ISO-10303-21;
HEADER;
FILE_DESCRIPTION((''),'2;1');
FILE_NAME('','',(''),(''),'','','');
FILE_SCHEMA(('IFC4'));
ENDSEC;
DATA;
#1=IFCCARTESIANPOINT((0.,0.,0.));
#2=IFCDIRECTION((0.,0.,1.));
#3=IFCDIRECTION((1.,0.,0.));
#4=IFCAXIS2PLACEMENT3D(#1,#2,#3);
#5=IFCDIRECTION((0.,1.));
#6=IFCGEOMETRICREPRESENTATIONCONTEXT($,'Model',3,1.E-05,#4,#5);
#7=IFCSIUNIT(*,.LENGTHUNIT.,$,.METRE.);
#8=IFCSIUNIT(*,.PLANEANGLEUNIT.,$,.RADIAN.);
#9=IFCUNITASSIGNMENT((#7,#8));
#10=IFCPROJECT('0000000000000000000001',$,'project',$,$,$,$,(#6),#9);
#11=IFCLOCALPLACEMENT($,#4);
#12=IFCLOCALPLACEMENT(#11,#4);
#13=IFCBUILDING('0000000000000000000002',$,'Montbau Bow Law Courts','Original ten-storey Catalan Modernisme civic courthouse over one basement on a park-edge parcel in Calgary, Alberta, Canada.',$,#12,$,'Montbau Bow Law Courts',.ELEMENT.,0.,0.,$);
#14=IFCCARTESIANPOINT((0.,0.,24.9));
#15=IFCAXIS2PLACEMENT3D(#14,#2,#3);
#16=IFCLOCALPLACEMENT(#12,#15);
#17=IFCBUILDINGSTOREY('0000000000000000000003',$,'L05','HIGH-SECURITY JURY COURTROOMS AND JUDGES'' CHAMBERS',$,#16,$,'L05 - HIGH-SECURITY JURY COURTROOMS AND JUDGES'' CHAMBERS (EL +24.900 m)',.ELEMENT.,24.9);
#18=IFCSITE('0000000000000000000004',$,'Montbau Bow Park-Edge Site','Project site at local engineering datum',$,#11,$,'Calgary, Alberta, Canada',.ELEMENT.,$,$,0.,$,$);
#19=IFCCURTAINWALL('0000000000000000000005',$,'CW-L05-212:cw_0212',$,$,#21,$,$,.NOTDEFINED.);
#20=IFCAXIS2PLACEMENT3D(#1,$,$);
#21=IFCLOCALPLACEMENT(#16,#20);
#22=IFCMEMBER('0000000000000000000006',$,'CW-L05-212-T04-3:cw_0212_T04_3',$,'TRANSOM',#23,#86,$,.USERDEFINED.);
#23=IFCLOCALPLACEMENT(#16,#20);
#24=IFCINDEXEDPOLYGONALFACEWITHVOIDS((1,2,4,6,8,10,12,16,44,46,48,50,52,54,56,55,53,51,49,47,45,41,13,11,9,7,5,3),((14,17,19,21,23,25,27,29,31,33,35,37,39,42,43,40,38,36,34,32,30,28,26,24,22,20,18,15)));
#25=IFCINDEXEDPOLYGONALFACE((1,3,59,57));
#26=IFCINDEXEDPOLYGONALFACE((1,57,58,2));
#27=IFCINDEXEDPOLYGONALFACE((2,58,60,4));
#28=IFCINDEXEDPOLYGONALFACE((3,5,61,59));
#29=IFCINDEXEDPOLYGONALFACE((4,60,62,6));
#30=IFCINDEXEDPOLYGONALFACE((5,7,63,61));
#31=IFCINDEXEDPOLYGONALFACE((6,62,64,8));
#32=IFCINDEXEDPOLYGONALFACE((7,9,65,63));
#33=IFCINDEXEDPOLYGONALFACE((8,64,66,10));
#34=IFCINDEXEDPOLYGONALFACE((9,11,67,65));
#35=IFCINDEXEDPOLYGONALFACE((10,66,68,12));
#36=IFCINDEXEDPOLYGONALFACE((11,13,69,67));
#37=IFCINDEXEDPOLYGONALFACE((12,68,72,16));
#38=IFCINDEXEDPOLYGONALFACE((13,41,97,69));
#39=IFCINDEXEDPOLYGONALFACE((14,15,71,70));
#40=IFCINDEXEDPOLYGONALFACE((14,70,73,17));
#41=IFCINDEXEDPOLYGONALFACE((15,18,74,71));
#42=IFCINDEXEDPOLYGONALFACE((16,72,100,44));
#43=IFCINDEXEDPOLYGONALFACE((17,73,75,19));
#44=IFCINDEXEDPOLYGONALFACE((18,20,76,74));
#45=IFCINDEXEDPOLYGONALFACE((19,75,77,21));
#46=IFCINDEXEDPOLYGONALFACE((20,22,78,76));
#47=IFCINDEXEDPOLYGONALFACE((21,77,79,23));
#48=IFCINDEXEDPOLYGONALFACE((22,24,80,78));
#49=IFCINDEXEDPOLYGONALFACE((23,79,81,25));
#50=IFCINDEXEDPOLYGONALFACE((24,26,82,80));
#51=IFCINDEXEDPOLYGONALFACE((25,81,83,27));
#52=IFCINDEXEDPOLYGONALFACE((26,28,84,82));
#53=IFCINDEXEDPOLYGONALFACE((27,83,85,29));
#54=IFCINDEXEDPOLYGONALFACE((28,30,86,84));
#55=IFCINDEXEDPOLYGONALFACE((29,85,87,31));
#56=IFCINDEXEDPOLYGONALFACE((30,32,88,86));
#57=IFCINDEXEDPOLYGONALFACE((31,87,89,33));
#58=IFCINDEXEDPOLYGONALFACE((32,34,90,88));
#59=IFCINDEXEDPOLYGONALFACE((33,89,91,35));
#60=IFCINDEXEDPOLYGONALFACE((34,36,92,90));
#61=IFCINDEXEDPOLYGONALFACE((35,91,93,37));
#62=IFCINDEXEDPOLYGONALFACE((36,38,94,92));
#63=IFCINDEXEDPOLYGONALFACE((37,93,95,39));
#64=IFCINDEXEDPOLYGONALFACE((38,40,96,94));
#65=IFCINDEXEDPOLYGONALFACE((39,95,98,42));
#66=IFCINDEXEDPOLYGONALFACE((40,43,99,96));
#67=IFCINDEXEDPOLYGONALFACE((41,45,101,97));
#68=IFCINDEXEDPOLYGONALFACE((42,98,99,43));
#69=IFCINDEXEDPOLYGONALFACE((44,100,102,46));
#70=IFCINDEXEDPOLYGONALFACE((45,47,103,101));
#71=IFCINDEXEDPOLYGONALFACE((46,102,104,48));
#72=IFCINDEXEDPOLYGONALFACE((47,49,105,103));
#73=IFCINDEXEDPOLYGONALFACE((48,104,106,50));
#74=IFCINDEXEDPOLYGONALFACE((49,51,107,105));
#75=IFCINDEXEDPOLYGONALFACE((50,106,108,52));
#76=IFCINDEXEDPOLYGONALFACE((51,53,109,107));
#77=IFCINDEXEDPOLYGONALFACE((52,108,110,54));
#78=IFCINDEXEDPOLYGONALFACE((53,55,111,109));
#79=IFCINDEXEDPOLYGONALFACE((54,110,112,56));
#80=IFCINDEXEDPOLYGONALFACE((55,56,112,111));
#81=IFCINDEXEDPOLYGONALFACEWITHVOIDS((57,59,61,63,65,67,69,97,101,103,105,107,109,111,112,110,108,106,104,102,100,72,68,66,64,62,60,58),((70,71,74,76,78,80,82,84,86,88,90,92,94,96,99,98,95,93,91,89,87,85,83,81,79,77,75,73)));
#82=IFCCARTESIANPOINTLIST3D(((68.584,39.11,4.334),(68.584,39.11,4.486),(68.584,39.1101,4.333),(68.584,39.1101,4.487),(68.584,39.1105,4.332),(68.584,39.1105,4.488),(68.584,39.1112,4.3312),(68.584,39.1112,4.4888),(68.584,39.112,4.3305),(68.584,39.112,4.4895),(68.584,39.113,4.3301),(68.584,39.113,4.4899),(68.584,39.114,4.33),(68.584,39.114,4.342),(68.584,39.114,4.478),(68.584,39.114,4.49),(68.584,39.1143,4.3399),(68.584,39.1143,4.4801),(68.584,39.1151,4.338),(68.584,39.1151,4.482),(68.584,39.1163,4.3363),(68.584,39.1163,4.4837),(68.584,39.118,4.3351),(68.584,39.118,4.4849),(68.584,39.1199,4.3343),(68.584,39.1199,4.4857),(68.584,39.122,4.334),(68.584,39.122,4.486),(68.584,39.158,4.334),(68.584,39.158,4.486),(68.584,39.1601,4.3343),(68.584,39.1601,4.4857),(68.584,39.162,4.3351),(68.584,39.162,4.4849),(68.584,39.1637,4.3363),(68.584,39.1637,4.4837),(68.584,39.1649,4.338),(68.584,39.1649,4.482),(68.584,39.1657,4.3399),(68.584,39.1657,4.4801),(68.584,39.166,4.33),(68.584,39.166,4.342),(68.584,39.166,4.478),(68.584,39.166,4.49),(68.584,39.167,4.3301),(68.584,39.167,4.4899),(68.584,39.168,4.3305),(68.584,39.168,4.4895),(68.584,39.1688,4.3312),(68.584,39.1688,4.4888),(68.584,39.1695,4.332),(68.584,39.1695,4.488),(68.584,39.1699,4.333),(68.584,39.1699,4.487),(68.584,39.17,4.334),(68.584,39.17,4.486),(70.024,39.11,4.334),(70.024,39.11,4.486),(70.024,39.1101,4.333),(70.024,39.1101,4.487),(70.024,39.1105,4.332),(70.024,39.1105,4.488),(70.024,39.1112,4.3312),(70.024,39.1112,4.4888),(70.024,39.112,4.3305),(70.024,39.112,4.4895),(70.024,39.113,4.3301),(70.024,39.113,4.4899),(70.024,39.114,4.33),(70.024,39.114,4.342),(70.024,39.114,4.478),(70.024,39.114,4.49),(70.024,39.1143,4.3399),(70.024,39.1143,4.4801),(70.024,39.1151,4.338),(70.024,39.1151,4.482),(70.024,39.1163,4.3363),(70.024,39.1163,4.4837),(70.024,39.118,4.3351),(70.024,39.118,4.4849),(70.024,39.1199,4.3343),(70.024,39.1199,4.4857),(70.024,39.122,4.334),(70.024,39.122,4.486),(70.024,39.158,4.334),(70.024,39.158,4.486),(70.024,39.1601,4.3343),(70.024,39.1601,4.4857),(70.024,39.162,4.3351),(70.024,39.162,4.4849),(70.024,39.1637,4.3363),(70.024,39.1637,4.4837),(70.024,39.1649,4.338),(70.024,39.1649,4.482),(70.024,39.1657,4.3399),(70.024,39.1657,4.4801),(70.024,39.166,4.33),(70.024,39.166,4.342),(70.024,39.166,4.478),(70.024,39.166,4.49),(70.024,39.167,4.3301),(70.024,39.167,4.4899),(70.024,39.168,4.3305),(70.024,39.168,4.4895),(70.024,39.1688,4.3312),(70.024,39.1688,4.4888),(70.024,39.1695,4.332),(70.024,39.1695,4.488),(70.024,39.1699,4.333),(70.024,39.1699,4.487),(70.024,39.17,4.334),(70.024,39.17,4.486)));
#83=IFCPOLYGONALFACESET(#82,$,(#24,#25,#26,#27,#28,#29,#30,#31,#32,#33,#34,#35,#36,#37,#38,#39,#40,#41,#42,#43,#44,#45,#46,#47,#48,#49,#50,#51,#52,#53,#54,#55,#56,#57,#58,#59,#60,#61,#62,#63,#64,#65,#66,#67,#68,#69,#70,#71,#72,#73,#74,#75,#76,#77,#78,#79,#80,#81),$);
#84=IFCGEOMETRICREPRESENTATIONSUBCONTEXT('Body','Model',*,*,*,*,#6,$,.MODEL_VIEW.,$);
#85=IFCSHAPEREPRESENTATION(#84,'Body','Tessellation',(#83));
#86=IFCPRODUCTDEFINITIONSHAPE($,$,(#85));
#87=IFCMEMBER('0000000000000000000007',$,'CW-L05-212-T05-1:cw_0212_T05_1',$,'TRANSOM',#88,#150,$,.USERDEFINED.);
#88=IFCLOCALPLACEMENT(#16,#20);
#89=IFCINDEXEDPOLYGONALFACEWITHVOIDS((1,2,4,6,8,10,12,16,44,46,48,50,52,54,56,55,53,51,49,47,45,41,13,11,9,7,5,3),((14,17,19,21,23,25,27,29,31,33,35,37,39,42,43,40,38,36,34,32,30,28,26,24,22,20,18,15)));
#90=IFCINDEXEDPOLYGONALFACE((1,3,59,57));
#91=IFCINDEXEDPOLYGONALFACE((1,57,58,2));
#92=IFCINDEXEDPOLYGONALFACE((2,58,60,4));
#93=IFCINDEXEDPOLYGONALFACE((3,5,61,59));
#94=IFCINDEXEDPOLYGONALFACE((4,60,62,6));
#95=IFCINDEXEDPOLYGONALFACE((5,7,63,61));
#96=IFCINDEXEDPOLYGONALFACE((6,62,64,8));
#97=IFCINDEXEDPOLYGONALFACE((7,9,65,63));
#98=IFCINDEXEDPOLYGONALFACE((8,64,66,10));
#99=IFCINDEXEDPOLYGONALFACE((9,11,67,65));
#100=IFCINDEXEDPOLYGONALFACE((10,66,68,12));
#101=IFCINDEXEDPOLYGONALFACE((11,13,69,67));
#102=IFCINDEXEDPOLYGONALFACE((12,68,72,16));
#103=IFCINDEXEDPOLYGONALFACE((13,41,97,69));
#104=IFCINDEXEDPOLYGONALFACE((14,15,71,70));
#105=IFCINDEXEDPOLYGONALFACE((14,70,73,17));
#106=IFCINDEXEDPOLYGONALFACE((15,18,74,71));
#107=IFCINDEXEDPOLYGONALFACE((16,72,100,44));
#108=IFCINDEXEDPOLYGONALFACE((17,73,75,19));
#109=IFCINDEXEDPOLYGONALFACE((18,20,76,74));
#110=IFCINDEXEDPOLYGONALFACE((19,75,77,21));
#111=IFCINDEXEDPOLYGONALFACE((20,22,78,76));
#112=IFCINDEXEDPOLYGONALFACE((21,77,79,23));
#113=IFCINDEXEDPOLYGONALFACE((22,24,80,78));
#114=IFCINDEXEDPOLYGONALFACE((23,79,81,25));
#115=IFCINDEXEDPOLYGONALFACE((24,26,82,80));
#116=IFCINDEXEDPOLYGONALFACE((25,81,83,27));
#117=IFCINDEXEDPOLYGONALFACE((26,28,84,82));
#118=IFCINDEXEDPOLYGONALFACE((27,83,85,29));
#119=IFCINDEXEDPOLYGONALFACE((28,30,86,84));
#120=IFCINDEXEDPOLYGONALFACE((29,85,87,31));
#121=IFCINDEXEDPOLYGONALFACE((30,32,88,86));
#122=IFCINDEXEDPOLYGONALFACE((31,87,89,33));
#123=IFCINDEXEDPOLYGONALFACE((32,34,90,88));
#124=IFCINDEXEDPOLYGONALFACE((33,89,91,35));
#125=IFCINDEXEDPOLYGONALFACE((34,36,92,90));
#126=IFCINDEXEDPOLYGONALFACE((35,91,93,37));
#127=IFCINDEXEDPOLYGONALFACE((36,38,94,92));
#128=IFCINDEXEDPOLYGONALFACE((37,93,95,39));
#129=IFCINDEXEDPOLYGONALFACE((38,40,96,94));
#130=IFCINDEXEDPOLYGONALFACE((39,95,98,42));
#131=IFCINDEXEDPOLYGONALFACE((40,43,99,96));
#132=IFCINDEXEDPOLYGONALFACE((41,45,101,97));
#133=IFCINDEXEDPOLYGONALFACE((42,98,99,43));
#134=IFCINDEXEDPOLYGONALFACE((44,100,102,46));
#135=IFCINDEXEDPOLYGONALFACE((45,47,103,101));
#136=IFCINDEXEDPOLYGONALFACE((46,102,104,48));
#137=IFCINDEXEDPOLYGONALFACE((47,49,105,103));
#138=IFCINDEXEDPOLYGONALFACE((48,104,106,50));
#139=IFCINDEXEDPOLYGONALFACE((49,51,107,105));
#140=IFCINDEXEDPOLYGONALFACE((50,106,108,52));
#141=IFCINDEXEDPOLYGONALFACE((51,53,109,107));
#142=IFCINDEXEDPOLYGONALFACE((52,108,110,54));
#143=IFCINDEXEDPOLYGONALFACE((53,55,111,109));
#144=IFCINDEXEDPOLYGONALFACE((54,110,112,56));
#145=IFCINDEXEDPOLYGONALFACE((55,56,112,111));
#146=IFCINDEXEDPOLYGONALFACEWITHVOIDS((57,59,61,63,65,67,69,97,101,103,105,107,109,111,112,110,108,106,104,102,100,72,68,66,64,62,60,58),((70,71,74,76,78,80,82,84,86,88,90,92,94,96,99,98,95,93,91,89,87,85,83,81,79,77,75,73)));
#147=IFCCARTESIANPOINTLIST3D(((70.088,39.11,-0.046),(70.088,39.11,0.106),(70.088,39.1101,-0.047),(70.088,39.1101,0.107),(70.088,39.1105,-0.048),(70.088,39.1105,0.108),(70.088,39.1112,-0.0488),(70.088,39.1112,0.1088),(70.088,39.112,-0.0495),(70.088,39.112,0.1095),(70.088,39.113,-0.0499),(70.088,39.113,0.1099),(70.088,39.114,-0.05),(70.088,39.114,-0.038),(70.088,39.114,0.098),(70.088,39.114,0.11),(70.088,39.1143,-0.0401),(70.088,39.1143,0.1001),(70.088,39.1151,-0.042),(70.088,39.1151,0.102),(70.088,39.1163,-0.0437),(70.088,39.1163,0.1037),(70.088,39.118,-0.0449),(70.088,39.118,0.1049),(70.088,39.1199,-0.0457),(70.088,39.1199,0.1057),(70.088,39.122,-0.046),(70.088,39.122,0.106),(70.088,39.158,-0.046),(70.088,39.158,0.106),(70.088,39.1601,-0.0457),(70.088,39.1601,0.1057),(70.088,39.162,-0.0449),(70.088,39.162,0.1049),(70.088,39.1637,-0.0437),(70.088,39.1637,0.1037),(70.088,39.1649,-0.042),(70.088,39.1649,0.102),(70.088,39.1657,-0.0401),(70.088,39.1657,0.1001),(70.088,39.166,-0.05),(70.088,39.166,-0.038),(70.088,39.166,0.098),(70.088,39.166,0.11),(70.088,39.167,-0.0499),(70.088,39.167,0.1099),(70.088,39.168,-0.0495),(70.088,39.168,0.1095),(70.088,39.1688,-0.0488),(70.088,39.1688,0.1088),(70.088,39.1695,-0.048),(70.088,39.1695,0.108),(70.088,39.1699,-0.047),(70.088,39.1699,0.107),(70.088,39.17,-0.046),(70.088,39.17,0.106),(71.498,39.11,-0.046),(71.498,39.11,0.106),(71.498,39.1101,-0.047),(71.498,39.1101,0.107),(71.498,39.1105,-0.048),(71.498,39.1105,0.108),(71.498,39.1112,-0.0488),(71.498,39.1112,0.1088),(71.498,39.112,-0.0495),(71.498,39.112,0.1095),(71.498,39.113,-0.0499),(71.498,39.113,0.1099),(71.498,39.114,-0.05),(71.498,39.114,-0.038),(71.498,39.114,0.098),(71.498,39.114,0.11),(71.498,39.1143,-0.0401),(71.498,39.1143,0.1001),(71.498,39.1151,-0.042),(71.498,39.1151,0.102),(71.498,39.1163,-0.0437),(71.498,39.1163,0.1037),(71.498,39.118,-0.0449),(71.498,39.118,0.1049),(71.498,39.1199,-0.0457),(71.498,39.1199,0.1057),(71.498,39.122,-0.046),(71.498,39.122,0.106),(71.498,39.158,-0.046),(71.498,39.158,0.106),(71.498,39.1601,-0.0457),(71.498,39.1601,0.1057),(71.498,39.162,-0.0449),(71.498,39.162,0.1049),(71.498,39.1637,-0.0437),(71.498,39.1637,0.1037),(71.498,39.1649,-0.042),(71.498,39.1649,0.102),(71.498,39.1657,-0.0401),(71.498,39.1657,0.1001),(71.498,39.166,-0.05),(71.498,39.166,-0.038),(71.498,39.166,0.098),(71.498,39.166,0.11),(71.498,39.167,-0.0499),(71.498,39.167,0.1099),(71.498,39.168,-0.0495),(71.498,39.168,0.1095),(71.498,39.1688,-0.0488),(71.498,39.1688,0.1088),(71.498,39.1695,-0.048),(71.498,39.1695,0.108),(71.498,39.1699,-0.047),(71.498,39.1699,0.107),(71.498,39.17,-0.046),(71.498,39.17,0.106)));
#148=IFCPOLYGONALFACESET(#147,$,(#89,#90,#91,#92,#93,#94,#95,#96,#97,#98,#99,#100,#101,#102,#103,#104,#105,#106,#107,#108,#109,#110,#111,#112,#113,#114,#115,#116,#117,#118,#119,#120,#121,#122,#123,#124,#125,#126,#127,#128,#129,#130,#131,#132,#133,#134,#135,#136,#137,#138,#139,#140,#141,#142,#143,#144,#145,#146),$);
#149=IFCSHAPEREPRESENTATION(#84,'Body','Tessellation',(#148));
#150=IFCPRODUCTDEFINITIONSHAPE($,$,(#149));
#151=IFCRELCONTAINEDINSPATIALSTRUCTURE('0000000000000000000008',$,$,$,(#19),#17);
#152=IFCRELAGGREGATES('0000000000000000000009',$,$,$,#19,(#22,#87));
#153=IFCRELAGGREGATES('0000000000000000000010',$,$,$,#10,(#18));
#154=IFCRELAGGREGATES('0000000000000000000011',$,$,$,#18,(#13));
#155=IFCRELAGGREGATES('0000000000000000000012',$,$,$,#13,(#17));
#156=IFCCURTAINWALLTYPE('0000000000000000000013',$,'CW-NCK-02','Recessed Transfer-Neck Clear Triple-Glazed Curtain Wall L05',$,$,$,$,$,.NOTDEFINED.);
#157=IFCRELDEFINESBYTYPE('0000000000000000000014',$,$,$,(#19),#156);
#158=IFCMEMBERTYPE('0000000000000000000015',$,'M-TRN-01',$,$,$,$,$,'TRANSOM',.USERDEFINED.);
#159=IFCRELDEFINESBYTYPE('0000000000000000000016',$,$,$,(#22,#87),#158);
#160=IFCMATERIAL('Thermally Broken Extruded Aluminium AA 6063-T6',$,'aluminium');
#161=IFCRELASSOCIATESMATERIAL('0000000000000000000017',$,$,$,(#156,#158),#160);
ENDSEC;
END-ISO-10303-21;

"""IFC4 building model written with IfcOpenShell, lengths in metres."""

from ifc_helpers import new_model, si_unit, direction, frame, origin_with_axes, origin_2d_with_axis, place, context, subcontext, project, spatial, hollow_rectangle, extrude, material, material_profile, profile_set, type_object, element, aggregate, save


model = new_model("IFC4")

# Units and contexts
model_context = context("Model", 3, precision=1e-05, world=origin_with_axes(), true_north=direction((0.0, 1.0)))
body_context = subcontext(model_context, "Body", "Model", "MODEL_VIEW")
ifc_project = project(units=[si_unit("LENGTHUNIT", "METRE"), si_unit("PLANEANGLEUNIT", "RADIAN")], contexts=[model_context])

# Site, building, storey
site_placement = place(None, origin_with_axes())
site = spatial("IfcSite", under=ifc_project, at=site_placement, Name="Montbau Bow Park-Edge Site", Description="Project site at local engineering datum", LongName="Calgary, Alberta, Canada", CompositionType="ELEMENT", RefElevation=0.0)
building_placement = place(site_placement, origin_with_axes())
building = spatial("IfcBuilding", under=site, at=building_placement, Name="Montbau Bow Law Courts", Description="Original ten-storey Catalan Modernisme civic courthouse over one basement on a park-edge parcel in Calgary, Alberta, Canada.", LongName="Montbau Bow Law Courts", CompositionType="ELEMENT", ElevationOfRefHeight=0.0, ElevationOfTerrain=0.0)
storey_placement = place(building_placement, frame((0.0, 0.0, 24.9), z_axis=(0.0, 0.0, 1.0), x_axis=(1.0, 0.0, 0.0)))
storey = spatial("IfcBuildingStorey", under=building, at=storey_placement, Name="L05", Description="HIGH-SECURITY JURY COURTROOMS AND JUDGES' CHAMBERS", LongName="L05 - HIGH-SECURITY JURY COURTROOMS AND JUDGES' CHAMBERS (EL +24.900 m)", CompositionType="ELEMENT", Elevation=24.9)

# Curtain wall, members
ifc_material_1 = material(Name="Thermally Broken Extruded Aluminium AA 6063-T6", Category="aluminium")
curtain_wall_type = type_object("IfcCurtainWallType", Name="CW-NCK-02", Description="Recessed Transfer-Neck Clear Triple-Glazed Curtain Wall L05", PredefinedType="NOTDEFINED", material=ifc_material_1)
curtain_wall_placement = place(None, frame((64.04, 39.14, 24.9), z_axis=(0.0, 0.0, 1.0), x_axis=(1.0, 0.0, 0.0)))
curtain_wall = element("IfcCurtainWall", 1, at=curtain_wall_placement, inside=storey, type_object=curtain_wall_type, Name="CW-L05-212:cw_0212", PredefinedType="NOTDEFINED")
ifc_material_profile_1 = material_profile(ifc_material_1, hollow_rectangle(XDim=0.06, YDim=0.16, WallThickness=0.004, InnerFilletRadius=0.008, OuterFilletRadius=0.004, at=origin_2d_with_axis()), Name="CWT-160X60", Category="Main", Priority=0)
ifc_profile_set_1 = profile_set([ifc_material_profile_1], Name="Thermally Broken Extruded Aluminium AA 6063-T6")
member_type_1 = type_object("IfcMemberType", Name="M-TRN-01", ElementType="TRANSOM", PredefinedType="USERDEFINED", material=ifc_profile_set_1)
member_1_placement = place(None, frame((68.584, 39.14, 29.31), z_axis=(1.0, 0.0, 0.0), x_axis=(0.0, 1.0, 0.0)))
member_1 = element("IfcMember", 2, at=member_1_placement, type_object=member_type_1, Name="CW-L05-212-T04-3:cw_0212_T04_3", ObjectType="TRANSOM", PredefinedType="USERDEFINED", context=body_context, shape_type="SweptSolid", body=[
    extrude(hollow_rectangle(XDim=0.06, YDim=0.16, WallThickness=0.004, InnerFilletRadius=0.008, OuterFilletRadius=0.004, at=origin_2d_with_axis()), origin_with_axes(), (0.0, 0.0, 1.0), 1.44),
])
member_2_placement = place(None, frame((70.088, 39.14, 24.93), z_axis=(1.0, 0.0, 0.0), x_axis=(0.0, 1.0, 0.0)))
member_2 = element("IfcMember", 3, at=member_2_placement, type_object=member_type_1, Name="CW-L05-212-T05-1:cw_0212_T05_1", ObjectType="TRANSOM", PredefinedType="USERDEFINED", context=body_context, shape_type="SweptSolid", body=[
    extrude(hollow_rectangle(XDim=0.06, YDim=0.16, WallThickness=0.004, InnerFilletRadius=0.008, OuterFilletRadius=0.004, at=origin_2d_with_axis()), origin_with_axes(), (0.0, 0.0, 1.0), 1.41),
])
aggregate(curtain_wall, [member_1, member_2])

save(model, "model.ifc")
